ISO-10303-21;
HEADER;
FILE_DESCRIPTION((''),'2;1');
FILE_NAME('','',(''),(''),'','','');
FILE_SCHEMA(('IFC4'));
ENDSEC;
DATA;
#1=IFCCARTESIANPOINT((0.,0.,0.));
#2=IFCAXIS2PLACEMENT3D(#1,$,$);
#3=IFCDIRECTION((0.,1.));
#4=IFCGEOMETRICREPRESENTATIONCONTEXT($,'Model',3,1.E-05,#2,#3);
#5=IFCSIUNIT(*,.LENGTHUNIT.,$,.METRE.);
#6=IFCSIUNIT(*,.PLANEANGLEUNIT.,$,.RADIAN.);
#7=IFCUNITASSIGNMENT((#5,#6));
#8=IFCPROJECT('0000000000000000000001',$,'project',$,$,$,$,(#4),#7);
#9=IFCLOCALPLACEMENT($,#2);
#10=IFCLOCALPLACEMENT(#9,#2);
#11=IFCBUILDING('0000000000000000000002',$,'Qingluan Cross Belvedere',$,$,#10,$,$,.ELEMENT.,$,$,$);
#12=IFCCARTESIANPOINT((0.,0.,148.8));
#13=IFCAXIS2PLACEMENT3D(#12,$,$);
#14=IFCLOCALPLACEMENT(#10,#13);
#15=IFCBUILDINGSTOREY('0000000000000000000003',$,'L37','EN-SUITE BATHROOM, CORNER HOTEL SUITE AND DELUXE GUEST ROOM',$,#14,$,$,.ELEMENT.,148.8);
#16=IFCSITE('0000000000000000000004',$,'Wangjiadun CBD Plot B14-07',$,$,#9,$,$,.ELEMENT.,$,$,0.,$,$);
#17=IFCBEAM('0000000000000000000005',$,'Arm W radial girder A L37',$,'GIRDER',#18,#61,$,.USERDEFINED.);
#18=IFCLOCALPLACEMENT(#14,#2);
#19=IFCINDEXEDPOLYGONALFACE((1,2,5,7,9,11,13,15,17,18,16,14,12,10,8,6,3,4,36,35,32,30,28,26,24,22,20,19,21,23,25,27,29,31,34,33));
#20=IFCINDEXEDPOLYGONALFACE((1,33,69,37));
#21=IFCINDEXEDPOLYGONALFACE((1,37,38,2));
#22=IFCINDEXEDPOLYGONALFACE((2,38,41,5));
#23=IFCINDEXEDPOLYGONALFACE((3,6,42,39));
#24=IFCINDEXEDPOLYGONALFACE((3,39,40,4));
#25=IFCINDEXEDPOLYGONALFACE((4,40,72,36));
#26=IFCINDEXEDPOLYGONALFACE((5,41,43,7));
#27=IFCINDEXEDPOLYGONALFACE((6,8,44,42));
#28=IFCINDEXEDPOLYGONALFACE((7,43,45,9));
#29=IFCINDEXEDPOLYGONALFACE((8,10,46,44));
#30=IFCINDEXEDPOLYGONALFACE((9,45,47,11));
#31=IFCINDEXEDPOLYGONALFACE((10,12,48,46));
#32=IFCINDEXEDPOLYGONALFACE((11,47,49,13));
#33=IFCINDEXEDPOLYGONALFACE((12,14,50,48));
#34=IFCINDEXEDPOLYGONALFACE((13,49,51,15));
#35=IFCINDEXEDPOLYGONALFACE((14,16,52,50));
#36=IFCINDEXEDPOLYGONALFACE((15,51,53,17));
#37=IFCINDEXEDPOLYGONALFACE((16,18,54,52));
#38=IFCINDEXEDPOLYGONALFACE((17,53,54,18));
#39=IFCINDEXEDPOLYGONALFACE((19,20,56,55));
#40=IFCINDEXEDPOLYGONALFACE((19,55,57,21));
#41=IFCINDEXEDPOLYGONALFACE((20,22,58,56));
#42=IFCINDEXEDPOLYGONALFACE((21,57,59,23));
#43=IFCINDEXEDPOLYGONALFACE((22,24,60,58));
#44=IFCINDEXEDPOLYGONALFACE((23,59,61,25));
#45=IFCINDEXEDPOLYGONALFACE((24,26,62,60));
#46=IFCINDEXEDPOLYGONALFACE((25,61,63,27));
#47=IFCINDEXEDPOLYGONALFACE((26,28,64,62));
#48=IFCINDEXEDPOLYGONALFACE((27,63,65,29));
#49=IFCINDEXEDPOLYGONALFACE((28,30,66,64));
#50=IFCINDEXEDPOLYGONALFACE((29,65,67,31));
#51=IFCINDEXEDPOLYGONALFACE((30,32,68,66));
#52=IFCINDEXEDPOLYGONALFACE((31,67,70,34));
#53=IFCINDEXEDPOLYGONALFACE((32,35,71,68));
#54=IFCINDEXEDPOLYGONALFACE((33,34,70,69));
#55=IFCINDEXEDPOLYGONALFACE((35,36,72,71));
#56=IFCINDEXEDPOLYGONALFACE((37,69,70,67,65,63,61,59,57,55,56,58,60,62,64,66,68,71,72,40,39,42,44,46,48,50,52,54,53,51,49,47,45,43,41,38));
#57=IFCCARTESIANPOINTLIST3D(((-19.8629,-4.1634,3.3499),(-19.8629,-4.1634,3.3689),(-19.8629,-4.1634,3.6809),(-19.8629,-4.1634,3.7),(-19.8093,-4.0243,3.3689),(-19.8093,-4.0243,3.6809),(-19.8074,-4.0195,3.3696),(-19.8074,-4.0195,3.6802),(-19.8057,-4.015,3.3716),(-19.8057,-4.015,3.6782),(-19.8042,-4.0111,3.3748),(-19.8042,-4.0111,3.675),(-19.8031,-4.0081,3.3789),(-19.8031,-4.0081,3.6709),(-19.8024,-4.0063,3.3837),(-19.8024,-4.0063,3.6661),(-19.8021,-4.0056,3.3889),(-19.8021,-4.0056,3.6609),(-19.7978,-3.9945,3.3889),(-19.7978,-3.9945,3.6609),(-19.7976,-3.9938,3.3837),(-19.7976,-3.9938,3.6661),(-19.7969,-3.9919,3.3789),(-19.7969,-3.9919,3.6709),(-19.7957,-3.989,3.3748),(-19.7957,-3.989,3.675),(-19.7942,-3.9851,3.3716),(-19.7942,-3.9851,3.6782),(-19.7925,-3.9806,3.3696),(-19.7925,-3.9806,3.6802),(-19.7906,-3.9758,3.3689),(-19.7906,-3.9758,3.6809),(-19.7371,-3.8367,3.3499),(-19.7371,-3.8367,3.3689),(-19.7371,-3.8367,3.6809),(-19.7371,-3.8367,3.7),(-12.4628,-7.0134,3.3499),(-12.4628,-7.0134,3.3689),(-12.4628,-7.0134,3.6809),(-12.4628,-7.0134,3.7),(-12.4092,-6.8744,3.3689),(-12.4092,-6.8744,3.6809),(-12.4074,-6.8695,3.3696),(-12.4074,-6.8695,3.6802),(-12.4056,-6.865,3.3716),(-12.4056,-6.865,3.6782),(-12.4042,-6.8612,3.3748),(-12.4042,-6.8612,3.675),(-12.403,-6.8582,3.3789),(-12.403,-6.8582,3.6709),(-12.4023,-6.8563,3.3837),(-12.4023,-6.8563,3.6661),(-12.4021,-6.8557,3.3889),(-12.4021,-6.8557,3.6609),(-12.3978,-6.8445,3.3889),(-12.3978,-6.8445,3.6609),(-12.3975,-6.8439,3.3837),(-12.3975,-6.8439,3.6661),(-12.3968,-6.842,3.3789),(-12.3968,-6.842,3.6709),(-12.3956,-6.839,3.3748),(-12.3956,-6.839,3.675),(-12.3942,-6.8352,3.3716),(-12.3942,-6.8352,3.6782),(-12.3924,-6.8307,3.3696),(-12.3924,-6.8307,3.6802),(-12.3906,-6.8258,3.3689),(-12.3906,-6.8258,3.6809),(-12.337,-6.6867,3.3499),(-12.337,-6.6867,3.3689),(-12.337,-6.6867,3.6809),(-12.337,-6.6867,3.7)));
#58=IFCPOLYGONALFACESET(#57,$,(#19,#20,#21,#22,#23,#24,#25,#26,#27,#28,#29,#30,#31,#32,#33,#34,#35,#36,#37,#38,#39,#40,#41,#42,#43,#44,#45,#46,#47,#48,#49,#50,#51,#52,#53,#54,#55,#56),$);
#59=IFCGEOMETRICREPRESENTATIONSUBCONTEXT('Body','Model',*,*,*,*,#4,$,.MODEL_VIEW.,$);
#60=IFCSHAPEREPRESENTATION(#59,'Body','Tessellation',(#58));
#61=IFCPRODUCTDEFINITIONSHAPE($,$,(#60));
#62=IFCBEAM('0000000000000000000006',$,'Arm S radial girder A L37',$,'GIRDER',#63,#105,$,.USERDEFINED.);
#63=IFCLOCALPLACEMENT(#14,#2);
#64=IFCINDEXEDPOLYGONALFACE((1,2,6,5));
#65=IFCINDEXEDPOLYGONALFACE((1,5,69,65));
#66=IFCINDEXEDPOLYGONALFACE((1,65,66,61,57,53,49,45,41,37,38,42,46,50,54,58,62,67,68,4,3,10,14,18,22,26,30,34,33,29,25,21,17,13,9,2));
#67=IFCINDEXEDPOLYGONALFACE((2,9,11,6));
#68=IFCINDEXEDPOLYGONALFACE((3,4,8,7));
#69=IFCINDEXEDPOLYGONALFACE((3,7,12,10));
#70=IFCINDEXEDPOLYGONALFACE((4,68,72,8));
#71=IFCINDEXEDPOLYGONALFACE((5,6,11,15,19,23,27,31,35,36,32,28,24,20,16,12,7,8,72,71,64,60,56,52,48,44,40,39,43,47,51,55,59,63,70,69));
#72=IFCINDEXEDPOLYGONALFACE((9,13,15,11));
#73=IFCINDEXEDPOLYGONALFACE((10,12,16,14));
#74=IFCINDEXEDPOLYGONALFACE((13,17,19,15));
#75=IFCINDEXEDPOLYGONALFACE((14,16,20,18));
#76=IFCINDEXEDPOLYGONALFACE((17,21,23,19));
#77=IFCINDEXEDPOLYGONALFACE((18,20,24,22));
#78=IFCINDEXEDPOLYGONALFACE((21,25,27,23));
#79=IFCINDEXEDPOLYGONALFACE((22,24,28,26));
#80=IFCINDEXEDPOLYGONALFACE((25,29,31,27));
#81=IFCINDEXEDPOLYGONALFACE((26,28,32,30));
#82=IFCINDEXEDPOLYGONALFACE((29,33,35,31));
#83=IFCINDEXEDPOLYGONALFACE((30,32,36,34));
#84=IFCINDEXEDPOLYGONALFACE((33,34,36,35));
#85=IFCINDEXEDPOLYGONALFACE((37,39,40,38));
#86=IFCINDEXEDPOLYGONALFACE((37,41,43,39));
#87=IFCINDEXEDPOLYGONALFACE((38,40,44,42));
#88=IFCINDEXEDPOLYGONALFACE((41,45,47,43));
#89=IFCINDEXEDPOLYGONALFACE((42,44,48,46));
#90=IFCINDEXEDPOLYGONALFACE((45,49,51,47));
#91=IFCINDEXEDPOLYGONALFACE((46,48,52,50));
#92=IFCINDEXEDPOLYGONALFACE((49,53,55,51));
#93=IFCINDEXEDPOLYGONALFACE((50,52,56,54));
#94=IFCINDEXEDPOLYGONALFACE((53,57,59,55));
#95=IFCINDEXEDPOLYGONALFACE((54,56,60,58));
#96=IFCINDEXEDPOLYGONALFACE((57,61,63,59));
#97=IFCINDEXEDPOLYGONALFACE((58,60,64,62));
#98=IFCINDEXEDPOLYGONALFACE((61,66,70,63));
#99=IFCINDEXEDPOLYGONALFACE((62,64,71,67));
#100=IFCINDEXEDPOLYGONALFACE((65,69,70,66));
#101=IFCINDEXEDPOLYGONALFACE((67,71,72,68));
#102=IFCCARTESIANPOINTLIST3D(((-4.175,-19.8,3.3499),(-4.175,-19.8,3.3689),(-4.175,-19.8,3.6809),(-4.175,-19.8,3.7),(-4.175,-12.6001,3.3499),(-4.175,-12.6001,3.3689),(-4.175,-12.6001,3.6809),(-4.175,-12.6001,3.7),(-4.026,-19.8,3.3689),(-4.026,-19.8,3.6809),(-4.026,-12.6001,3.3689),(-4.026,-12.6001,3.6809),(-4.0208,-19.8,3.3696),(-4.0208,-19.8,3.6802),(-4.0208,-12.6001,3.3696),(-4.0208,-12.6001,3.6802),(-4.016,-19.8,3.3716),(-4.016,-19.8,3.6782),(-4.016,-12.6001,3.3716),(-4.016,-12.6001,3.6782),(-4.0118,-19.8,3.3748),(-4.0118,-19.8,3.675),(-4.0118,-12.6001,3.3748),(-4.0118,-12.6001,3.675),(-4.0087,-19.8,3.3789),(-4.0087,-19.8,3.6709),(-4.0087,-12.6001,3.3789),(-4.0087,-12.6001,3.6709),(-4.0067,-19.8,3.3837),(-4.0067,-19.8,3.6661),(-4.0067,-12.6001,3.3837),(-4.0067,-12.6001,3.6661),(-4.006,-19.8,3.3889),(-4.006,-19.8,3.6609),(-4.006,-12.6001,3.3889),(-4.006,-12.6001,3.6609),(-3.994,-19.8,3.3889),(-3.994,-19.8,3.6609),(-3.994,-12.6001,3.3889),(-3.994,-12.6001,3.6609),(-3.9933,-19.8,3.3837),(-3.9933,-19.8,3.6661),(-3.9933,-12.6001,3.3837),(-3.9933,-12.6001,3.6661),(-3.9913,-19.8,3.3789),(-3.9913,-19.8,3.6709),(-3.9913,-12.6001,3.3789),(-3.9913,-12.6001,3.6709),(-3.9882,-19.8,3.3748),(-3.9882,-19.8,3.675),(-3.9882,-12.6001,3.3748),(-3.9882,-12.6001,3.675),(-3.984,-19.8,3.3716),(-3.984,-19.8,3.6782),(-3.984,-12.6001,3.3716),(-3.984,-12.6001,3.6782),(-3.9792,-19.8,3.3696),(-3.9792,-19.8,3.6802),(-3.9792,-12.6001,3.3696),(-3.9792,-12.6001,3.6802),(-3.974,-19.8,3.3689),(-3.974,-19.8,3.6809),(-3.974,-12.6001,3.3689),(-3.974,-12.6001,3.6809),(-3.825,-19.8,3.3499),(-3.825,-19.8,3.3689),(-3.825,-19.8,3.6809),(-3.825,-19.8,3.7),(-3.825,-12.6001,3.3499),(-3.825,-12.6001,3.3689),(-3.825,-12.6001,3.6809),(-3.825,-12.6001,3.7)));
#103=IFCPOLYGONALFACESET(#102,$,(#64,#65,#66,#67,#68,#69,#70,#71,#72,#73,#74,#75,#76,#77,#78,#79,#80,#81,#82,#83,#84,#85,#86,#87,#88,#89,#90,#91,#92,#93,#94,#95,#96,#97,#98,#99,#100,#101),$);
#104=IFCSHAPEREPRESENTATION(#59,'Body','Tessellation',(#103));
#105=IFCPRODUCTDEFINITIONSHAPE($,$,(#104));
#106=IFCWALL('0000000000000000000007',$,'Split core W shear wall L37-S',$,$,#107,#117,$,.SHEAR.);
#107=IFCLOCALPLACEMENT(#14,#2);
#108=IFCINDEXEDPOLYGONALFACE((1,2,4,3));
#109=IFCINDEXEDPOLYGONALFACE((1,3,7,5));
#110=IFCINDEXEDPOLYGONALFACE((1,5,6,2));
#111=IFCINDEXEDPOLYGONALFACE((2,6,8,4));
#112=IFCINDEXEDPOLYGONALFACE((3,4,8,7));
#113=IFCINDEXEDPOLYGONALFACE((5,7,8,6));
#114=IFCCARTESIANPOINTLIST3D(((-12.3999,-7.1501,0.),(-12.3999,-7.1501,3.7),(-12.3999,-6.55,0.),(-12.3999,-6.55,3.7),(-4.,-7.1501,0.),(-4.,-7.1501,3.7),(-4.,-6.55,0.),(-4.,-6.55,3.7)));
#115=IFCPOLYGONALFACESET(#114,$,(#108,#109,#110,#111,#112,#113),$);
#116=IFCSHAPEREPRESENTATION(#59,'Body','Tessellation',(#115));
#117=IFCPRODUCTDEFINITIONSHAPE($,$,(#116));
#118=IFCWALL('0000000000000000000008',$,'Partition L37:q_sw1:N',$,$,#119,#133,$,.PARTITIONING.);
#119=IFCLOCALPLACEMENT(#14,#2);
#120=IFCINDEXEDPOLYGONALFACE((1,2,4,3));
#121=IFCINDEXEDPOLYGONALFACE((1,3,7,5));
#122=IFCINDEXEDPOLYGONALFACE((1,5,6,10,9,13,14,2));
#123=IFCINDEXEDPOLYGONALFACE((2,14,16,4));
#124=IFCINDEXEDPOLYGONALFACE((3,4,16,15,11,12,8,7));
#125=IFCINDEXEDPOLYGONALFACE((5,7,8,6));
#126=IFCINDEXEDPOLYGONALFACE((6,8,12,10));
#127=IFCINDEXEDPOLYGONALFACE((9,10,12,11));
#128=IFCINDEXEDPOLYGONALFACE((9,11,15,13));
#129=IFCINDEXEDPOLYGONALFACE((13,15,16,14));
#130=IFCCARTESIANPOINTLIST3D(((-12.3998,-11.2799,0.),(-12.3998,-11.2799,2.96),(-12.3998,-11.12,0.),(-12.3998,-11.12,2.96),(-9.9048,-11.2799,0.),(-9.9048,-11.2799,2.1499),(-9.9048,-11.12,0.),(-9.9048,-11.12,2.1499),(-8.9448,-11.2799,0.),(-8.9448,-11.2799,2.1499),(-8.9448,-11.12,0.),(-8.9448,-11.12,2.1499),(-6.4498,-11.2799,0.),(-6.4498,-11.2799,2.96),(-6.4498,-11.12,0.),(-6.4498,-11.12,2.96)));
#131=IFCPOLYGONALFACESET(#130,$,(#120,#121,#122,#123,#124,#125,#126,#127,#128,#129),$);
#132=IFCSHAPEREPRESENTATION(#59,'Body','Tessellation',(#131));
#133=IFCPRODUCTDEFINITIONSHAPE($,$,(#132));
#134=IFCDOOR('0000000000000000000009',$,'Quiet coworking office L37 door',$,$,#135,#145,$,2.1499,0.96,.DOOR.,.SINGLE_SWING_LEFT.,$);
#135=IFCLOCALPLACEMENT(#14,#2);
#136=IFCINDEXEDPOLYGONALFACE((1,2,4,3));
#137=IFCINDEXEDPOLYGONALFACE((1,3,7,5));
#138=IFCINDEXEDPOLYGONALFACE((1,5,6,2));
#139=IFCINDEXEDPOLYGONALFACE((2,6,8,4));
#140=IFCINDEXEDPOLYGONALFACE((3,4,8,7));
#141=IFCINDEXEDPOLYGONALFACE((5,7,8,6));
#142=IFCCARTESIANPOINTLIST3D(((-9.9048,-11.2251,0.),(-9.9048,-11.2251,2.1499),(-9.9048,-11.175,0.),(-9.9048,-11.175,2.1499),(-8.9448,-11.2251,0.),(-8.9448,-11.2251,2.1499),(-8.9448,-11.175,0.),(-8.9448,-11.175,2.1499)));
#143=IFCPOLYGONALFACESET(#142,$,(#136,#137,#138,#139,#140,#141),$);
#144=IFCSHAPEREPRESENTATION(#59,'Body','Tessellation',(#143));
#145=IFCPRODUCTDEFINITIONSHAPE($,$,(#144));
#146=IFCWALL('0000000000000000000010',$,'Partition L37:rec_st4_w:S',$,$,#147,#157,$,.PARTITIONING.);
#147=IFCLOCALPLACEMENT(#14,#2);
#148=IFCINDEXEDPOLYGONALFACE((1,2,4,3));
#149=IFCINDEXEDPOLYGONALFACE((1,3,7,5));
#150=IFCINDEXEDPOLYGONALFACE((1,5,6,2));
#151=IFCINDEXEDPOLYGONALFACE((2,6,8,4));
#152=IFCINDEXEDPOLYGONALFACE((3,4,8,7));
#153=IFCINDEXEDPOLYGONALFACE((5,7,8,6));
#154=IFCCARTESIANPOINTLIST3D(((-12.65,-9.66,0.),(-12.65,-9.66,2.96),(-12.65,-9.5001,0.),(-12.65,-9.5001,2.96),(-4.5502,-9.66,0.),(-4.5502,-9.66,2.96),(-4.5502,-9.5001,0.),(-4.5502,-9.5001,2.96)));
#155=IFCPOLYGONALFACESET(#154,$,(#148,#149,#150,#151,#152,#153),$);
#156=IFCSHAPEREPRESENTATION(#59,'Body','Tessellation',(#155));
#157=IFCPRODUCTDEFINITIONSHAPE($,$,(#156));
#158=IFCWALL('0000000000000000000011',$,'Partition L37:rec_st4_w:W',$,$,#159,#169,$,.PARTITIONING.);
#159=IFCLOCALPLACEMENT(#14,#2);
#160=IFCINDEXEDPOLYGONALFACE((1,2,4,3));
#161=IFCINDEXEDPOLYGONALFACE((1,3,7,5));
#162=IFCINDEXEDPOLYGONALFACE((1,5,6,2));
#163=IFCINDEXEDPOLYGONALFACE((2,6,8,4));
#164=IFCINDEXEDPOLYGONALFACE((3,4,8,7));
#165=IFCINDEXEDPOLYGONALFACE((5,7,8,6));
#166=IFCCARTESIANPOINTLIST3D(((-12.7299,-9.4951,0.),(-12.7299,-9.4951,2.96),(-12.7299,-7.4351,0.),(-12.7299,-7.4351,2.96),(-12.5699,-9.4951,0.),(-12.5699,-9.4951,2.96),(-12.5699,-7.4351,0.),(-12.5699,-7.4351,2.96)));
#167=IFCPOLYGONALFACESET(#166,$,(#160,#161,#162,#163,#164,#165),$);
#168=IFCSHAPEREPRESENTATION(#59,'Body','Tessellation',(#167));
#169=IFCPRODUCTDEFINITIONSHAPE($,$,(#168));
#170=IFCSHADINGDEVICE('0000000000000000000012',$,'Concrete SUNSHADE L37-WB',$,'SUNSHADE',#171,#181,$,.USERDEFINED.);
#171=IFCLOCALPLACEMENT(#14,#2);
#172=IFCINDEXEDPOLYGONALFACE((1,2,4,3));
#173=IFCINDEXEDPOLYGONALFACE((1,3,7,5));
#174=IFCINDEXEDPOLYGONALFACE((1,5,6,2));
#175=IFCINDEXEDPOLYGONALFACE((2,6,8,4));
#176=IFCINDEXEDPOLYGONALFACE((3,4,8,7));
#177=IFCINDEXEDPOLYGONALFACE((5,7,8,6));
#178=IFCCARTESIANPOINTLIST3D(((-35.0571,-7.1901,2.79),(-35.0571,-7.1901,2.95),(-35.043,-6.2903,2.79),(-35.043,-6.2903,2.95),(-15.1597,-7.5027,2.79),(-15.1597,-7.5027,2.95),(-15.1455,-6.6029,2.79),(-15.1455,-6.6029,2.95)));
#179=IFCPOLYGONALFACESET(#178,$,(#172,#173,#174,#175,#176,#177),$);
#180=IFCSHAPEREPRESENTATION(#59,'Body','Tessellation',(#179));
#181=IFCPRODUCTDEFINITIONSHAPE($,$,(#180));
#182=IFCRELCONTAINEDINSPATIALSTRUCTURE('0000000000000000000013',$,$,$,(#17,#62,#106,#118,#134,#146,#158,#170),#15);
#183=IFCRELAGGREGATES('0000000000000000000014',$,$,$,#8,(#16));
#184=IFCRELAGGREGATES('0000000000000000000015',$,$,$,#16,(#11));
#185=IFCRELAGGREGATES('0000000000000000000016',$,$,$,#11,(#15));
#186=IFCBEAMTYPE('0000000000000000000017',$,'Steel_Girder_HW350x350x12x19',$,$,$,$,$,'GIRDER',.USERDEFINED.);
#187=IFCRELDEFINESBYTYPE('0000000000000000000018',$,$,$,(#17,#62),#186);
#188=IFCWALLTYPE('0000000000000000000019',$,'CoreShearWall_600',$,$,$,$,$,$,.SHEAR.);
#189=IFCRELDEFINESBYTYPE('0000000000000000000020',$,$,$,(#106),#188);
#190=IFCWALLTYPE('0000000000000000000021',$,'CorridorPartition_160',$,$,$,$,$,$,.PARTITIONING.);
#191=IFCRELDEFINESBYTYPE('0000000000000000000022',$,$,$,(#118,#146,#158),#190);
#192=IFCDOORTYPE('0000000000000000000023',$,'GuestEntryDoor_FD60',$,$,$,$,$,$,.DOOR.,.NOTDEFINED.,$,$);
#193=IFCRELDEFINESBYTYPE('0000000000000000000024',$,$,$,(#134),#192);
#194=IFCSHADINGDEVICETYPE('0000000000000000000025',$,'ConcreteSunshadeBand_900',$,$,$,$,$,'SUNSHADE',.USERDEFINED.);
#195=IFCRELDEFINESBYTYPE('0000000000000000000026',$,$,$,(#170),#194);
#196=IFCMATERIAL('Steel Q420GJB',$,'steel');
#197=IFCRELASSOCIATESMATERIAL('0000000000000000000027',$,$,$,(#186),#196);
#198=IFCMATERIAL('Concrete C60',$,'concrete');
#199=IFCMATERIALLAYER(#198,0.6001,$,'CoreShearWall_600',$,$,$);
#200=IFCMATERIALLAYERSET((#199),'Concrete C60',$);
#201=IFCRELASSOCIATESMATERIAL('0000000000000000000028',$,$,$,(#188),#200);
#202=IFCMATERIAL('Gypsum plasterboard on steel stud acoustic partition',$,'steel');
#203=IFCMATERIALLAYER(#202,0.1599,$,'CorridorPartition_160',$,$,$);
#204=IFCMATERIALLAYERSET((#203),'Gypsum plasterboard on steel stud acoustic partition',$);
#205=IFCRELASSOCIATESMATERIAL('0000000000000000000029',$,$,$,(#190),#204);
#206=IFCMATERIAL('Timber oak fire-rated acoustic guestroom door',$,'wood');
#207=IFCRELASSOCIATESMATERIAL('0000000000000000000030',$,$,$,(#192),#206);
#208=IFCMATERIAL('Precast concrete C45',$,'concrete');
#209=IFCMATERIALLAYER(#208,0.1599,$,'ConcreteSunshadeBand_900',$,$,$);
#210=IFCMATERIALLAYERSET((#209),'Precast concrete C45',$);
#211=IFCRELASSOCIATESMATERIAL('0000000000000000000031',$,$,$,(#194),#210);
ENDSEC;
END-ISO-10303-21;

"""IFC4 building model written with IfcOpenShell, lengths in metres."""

from ifc_helpers import new_model, si_unit, direction, frame, frame_2d, origin, origin_2d, place, context, subcontext, project, spatial, rectangle, i_section, extrude, material, layer, layer_set, material_profile, profile_set, type_object, element, fill, save


model = new_model("IFC4")

# Units and contexts
model_context = context("Model", 3, precision=1e-05, world=origin(), true_north=direction((0.0, 1.0)))
body_context = subcontext(model_context, "Body", "Model", "MODEL_VIEW")
ifc_project = project(units=[si_unit("LENGTHUNIT", "METRE"), si_unit("PLANEANGLEUNIT", "RADIAN")], contexts=[model_context])

# Site, building, storey
site_placement = place(None, origin())
site = spatial("IfcSite", under=ifc_project, at=site_placement, Name="Wangjiadun CBD Plot B14-07", CompositionType="ELEMENT", RefElevation=0.0)
building_placement = place(site_placement, origin())
building = spatial("IfcBuilding", under=site, at=building_placement, Name="Qingluan Cross Belvedere", CompositionType="ELEMENT")
storey_placement = place(building_placement, frame((0.0, 0.0, 148.8)))
storey = spatial("IfcBuildingStorey", under=building, at=storey_placement, Name="L37", Description="EN-SUITE BATHROOM, CORNER HOTEL SUITE AND DELUXE GUEST ROOM", CompositionType="ELEMENT", Elevation=148.8)

# Beams
ifc_material_1 = material(Name="Steel Q420GJB", Category="steel")
ifc_material_profile_1 = material_profile(ifc_material_1, i_section(OverallWidth=0.3501, OverallDepth=0.3501, WebThickness=0.012, FlangeThickness=0.019, FilletRadius=0.02, at=origin_2d()), Name="HW350x350x12x19")
ifc_profile_set_1 = profile_set([ifc_material_profile_1], Name="Steel Q420GJB")
beam_type_1 = type_object("IfcBeamType", Name="Steel_Girder_HW350x350x12x19", ElementType="GIRDER", PredefinedType="USERDEFINED", material=ifc_profile_set_1)
beam_1_placement = place(storey_placement, frame((-12.3999, -6.8501, 3.5249), z_axis=(-0.933181, 0.359406, 0.0), x_axis=(-0.359406, -0.933181, 0.0)))
element("IfcBeam", 1, at=beam_1_placement, inside=storey, type_object=beam_type_1, Name="Arm W radial girder A L37", ObjectType="GIRDER", PredefinedType="USERDEFINED", context=body_context, shape_type="SweptSolid", body=[
    extrude(i_section(OverallWidth=0.3501, OverallDepth=0.3501, WebThickness=0.012, FlangeThickness=0.019, FilletRadius=0.02, at=origin_2d()), origin(), (0.0, 0.0, 1.0), 7.9299),
])
beam_2_placement = place(storey_placement, frame((-4.0, -12.6001, 3.5249), z_axis=(0.0, -1.0, 0.0), x_axis=(1.0, 0.0, 0.0)))
element("IfcBeam", 2, at=beam_2_placement, inside=storey, type_object=beam_type_1, Name="Arm S radial girder A L37", ObjectType="GIRDER", PredefinedType="USERDEFINED", context=body_context, shape_type="SweptSolid", body=[
    extrude(i_section(OverallWidth=0.3501, OverallDepth=0.3501, WebThickness=0.012, FlangeThickness=0.019, FilletRadius=0.02, at=origin_2d()), origin(), (0.0, 0.0, 1.0), 7.2),
])

# Wall
ifc_material_2 = material(Name="Concrete C60", Category="concrete")
ifc_layer_1 = layer(ifc_material_2, 0.6001, Name="CoreShearWall_600")
ifc_layer_set_1 = layer_set([ifc_layer_1], Name="Concrete C60")
wall_type_1 = type_object("IfcWallType", Name="CoreShearWall_600", PredefinedType="SHEAR", material=ifc_layer_set_1)
wall_1_placement = place(storey_placement, frame((-12.3999, -6.8501, 0.0), z_axis=(0.0, 0.0, 1.0), x_axis=(1.0, 0.0, 0.0)))
element("IfcWall", 3, at=wall_1_placement, inside=storey, type_object=wall_type_1, Name="Split core W shear wall L37-S", PredefinedType="SHEAR", context=body_context, shape_type="SweptSolid", body=[
    extrude(rectangle(XDim=8.3999, YDim=0.6001, at=frame_2d((4.2, 0.0))), origin(), (0.0, 0.0, 1.0), 3.7),
])

# Wall, opening, door
ifc_material_3 = material(Name="Gypsum plasterboard on steel stud acoustic partition", Category="steel")
ifc_layer_2 = layer(ifc_material_3, 0.1599, Name="CorridorPartition_160")
ifc_layer_set_2 = layer_set([ifc_layer_2], Name="Gypsum plasterboard on steel stud acoustic partition")
wall_type_2 = type_object("IfcWallType", Name="CorridorPartition_160", PredefinedType="PARTITIONING", material=ifc_layer_set_2)
wall_2_placement = place(storey_placement, frame((-12.3999, -11.2, 0.0), z_axis=(0.0, 0.0, 1.0), x_axis=(1.0, 0.0, 0.0)))
wall_2 = element("IfcWall", 4, at=wall_2_placement, inside=storey, type_object=wall_type_2, Name="Partition L37:q_sw1:N", PredefinedType="PARTITIONING", context=body_context, shape_type="SweptSolid", body=[
    extrude(rectangle(XDim=5.95, YDim=0.1599, at=frame_2d((2.9751, 0.0))), origin(), (0.0, 0.0, 1.0), 2.96),
])
opening_1_placement = place(wall_2_placement, frame((2.4951, 0.0, 0.0)))
opening_1 = element("IfcOpeningElement", 5, at=opening_1_placement, cuts=wall_2, PredefinedType="OPENING", context=body_context, shape_type="SweptSolid", body=[
    extrude(rectangle(XDim=0.96, YDim=2.1499, at=frame_2d((0.48, 1.075))), frame((0.0, 0.0898, 0.0), z_axis=(0.0, -1.0, 0.0), x_axis=(1.0, 0.0, 0.0)), (0.0, 0.0, 1.0), 0.1799),
])
ifc_material_4 = material(Name="Timber oak fire-rated acoustic guestroom door", Category="wood")
door_type = type_object("IfcDoorType", Name="GuestEntryDoor_FD60", OperationType="NOTDEFINED", PredefinedType="DOOR", material=ifc_material_4)
door_1_placement = place(opening_1_placement, origin())
door_1 = element("IfcDoor", 6, at=door_1_placement, inside=storey, type_object=door_type, Name="Quiet coworking office L37 door", OperationType="SINGLE_SWING_LEFT", OverallHeight=2.1499, OverallWidth=0.96, PredefinedType="DOOR", context=body_context, shape_type="SweptSolid", body=[
    extrude(rectangle(XDim=0.96, YDim=2.1499, at=frame_2d((0.48, 1.075))), frame((0.0, 0.0249, 0.0), z_axis=(0.0, -1.0, 0.0), x_axis=(1.0, 0.0, 0.0)), (0.0, 0.0, 1.0), 0.05),
])
fill(opening_1, door_1)

# Walls
wall_3_placement = place(storey_placement, frame((-12.6499, -9.5801, 0.0), z_axis=(0.0, 0.0, 1.0), x_axis=(1.0, 0.0, 0.0)))
element("IfcWall", 7, at=wall_3_placement, inside=storey, type_object=wall_type_2, Name="Partition L37:rec_st4_w:S", PredefinedType="PARTITIONING", context=body_context, shape_type="SweptSolid", body=[
    extrude(rectangle(XDim=8.0999, YDim=0.1599, at=frame_2d((4.0498, 0.0))), origin(), (0.0, 0.0, 1.0), 2.96),
])
wall_4_placement = place(storey_placement, frame((-12.6499, -9.4951, 0.0), z_axis=(0.0, 0.0, 1.0), x_axis=(0.0, 1.0, 0.0)))
element("IfcWall", 8, at=wall_4_placement, inside=storey, type_object=wall_type_2, Name="Partition L37:rec_st4_w:W", PredefinedType="PARTITIONING", context=body_context, shape_type="SweptSolid", body=[
    extrude(rectangle(XDim=2.0601, YDim=0.1599, at=frame_2d((1.03, 0.0))), origin(), (0.0, 0.0, 1.0), 2.96),
])

# Shading device
ifc_material_5 = material(Name="Precast concrete C45", Category="concrete")
ifc_layer_3 = layer(ifc_material_5, 0.1599, Name="ConcreteSunshadeBand_900")
ifc_layer_set_3 = layer_set([ifc_layer_3], Name="Precast concrete C45")
shading_device_type = type_object("IfcShadingDeviceType", Name="ConcreteSunshadeBand_900", ElementType="SUNSHADE", PredefinedType="USERDEFINED", material=ifc_layer_set_3)
shading_device_placement = place(storey_placement, frame((-25.1013, -6.8965, 2.79), z_axis=(0.0, 0.0, 1.0), x_axis=(0.999877, -0.015706, 0.0)))
element("IfcShadingDevice", 9, at=shading_device_placement, inside=storey, type_object=shading_device_type, Name="Concrete SUNSHADE L37-WB", ObjectType="SUNSHADE", PredefinedType="USERDEFINED", context=body_context, shape_type="SweptSolid", body=[
    extrude(rectangle(XDim=19.8999, YDim=0.8999, at=origin_2d()), origin(), (0.0, 0.0, 1.0), 0.1599),
])

save(model, "model.ifc")
